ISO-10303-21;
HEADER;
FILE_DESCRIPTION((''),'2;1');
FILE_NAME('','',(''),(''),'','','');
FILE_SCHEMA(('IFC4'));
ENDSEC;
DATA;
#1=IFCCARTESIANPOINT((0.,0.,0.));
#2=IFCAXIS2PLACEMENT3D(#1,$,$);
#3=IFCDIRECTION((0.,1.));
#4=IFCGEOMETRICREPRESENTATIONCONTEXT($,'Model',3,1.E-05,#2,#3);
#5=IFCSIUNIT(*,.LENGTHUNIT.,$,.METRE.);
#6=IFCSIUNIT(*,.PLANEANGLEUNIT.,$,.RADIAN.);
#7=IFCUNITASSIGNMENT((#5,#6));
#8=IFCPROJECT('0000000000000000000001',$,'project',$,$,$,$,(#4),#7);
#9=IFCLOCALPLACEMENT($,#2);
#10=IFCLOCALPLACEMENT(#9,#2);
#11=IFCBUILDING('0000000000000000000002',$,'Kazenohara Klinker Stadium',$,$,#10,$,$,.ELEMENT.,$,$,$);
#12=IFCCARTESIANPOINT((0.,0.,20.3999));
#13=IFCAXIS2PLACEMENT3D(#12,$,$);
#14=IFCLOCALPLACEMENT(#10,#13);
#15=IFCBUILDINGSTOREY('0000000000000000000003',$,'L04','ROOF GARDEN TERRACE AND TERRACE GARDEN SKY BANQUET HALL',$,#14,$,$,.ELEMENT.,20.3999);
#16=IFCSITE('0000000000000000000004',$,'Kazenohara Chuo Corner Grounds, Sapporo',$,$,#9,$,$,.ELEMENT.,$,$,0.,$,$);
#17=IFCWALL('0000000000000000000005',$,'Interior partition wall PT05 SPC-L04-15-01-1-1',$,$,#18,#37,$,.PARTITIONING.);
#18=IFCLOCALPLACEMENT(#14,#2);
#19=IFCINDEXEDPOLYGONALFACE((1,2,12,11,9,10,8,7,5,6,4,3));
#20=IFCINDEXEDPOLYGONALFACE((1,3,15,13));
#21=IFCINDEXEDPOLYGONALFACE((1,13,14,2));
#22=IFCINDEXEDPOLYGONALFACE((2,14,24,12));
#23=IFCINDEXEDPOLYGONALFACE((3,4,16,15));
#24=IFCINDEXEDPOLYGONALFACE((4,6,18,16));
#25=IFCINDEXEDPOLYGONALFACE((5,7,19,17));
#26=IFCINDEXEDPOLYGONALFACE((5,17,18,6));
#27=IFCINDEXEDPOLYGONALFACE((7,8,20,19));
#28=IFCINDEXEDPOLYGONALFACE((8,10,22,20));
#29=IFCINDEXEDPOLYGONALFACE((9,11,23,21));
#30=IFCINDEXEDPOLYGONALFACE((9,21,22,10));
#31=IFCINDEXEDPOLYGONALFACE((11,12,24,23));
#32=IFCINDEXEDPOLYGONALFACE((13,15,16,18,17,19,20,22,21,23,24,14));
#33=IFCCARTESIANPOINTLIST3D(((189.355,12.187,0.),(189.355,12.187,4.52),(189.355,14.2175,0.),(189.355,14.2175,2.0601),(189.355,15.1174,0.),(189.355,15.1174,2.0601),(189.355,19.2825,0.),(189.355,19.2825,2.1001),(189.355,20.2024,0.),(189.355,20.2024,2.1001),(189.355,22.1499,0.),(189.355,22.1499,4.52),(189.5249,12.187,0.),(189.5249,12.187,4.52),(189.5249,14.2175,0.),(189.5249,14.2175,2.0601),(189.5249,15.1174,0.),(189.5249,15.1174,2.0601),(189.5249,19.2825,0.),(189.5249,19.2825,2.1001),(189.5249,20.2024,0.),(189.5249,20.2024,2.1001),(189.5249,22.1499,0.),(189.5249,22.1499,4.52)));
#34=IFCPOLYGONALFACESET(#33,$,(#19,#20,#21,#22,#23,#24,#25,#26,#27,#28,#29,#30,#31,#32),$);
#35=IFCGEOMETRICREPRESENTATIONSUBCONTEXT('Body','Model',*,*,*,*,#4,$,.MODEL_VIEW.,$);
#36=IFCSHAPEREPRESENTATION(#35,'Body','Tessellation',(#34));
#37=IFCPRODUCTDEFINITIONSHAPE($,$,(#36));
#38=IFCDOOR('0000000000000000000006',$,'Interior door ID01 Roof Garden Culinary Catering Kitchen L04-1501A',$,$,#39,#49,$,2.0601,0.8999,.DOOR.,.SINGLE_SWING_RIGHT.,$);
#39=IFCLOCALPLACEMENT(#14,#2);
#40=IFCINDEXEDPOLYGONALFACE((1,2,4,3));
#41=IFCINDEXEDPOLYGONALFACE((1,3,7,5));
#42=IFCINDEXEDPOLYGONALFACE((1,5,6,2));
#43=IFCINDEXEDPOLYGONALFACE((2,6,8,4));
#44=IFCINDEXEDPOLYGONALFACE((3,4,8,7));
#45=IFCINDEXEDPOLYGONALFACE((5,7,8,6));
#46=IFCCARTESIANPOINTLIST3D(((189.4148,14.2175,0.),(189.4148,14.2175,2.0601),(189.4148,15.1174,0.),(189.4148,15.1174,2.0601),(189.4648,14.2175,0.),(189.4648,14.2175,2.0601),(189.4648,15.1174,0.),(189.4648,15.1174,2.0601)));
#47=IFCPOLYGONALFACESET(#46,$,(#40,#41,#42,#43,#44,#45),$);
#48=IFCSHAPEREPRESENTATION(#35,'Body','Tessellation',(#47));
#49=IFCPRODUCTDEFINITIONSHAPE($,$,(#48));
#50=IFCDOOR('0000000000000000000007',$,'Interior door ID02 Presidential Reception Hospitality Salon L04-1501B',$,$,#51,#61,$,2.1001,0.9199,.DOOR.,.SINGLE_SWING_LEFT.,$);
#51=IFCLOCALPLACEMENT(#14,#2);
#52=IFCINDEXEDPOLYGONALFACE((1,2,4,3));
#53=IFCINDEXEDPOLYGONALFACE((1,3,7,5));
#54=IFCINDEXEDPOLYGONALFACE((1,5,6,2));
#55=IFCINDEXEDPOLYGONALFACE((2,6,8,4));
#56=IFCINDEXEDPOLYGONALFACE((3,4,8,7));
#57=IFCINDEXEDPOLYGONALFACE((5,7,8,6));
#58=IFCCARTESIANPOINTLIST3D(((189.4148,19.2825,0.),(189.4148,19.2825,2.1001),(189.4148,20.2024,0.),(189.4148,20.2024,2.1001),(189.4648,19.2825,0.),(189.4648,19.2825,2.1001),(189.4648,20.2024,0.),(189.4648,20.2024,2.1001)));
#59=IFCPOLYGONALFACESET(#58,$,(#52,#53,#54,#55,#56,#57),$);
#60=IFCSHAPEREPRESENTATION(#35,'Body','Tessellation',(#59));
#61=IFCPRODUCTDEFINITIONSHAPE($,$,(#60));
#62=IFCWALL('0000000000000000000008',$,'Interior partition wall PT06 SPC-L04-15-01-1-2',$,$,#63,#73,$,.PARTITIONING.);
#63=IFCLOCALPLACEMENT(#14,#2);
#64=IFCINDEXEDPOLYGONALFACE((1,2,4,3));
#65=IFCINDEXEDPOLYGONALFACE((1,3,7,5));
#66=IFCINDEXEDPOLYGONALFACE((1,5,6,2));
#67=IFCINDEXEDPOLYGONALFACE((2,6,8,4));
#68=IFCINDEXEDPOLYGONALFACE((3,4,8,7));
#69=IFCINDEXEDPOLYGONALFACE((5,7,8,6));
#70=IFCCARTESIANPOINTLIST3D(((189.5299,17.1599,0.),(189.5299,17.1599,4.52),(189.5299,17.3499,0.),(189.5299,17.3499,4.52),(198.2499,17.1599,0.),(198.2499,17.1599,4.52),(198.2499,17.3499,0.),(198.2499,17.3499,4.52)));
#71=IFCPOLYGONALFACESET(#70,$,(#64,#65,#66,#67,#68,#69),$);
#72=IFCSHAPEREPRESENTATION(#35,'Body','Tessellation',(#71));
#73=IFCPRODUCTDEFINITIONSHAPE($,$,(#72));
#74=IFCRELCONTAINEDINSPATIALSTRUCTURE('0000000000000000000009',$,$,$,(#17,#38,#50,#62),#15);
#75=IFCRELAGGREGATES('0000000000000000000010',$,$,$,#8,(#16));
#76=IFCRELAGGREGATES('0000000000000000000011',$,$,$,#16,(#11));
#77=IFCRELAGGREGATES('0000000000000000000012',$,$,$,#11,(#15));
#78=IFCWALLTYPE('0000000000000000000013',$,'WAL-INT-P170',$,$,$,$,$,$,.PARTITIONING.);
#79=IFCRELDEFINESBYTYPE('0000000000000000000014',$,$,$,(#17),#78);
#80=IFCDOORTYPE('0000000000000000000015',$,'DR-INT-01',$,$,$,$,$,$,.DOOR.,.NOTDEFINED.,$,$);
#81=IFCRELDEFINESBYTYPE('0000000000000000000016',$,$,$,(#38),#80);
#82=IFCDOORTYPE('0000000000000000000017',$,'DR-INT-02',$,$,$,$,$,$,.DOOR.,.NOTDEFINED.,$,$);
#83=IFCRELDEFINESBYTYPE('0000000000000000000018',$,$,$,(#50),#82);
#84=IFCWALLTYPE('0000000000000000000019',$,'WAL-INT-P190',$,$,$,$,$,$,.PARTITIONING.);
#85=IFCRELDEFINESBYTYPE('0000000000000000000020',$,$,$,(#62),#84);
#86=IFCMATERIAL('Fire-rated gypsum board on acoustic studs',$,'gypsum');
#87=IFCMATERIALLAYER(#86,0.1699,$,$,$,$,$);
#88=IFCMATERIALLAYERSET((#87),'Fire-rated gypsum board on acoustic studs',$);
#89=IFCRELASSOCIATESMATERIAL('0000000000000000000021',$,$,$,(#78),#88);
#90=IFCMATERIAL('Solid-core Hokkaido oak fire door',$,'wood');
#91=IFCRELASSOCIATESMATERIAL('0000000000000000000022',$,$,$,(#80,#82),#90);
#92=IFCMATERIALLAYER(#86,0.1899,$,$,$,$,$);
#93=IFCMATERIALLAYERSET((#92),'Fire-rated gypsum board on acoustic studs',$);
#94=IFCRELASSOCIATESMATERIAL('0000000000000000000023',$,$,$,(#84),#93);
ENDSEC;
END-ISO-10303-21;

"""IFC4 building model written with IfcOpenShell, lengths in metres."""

from ifc_helpers import new_model, si_unit, direction, frame, frame_2d, origin, place, context, subcontext, project, spatial, rectangle, extrude, material, layer, layer_set, type_object, element, fill, save


model = new_model("IFC4")

# Units and contexts
model_context = context("Model", 3, precision=1e-05, world=origin(), true_north=direction((0.0, 1.0)))
body_context = subcontext(model_context, "Body", "Model", "MODEL_VIEW")
ifc_project = project(units=[si_unit("LENGTHUNIT", "METRE"), si_unit("PLANEANGLEUNIT", "RADIAN")], contexts=[model_context])

# Site, building, storey
site_placement = place(None, origin())
site = spatial("IfcSite", under=ifc_project, at=site_placement, Name="Kazenohara Chuo Corner Grounds, Sapporo", CompositionType="ELEMENT", RefElevation=0.0)
building_placement = place(site_placement, origin())
building = spatial("IfcBuilding", under=site, at=building_placement, Name="Kazenohara Klinker Stadium", CompositionType="ELEMENT")
storey_placement = place(building_placement, frame((0.0, 0.0, 20.3999)))
storey = spatial("IfcBuildingStorey", under=building, at=storey_placement, Name="L04", Description="ROOF GARDEN TERRACE AND TERRACE GARDEN SKY BANQUET HALL", CompositionType="ELEMENT", Elevation=20.3999)

# Wall, openings, doors
ifc_material_1 = material(Name="Fire-rated gypsum board on acoustic studs", Category="gypsum")
ifc_layer_1 = layer(ifc_material_1, 0.1699)
ifc_layer_set_1 = layer_set([ifc_layer_1], Name="Fire-rated gypsum board on acoustic studs")
wall_type_1 = type_object("IfcWallType", Name="WAL-INT-P170", PredefinedType="PARTITIONING", material=ifc_layer_set_1)
wall_1_placement = place(storey_placement, frame((189.4399, 12.187, 0.0), z_axis=(0.0, 0.0, 1.0), x_axis=(0.0, 1.0, 0.0)))
wall_1 = element("IfcWall", 1, at=wall_1_placement, inside=storey, type_object=wall_type_1, Name="Interior partition wall PT05 SPC-L04-15-01-1-1", PredefinedType="PARTITIONING", context=body_context, shape_type="SweptSolid", body=[
    extrude(rectangle(XDim=9.9629, YDim=0.1699, at=frame_2d((4.9814, 0.0))), origin(), (0.0, 0.0, 1.0), 4.52),
])
opening_1_placement = place(wall_1_placement, frame((2.9304, 0.0, 0.0), z_axis=(0.0, 0.0, 1.0), x_axis=(-1.0, 0.0, 0.0)))
opening_1 = element("IfcOpeningElement", 2, at=opening_1_placement, cuts=wall_1, PredefinedType="OPENING", context=body_context, shape_type="SweptSolid", body=[
    extrude(rectangle(XDim=0.8999, YDim=2.0601, at=frame_2d((0.45, 1.03))), frame((0.0, 0.095, 0.0), z_axis=(0.0, -1.0, 0.0), x_axis=(1.0, 0.0, 0.0)), (0.0, 0.0, 1.0), 0.1899),
])
opening_2_placement = place(wall_1_placement, frame((8.0154, 0.0, 0.0), z_axis=(0.0, 0.0, 1.0), x_axis=(-1.0, 0.0, 0.0)))
opening_2 = element("IfcOpeningElement", 3, at=opening_2_placement, cuts=wall_1, PredefinedType="OPENING", context=body_context, shape_type="SweptSolid", body=[
    extrude(rectangle(XDim=0.9199, YDim=2.1001, at=frame_2d((0.46, 1.05))), frame((0.0, 0.095, 0.0), z_axis=(0.0, -1.0, 0.0), x_axis=(1.0, 0.0, 0.0)), (0.0, 0.0, 1.0), 0.1899),
])
ifc_material_2 = material(Name="Solid-core Hokkaido oak fire door", Category="wood")
door_type_1 = type_object("IfcDoorType", Name="DR-INT-01", OperationType="NOTDEFINED", PredefinedType="DOOR", material=ifc_material_2)
door_1_placement = place(opening_1_placement, origin())
door_1 = element("IfcDoor", 4, at=door_1_placement, inside=storey, type_object=door_type_1, Name="Interior door ID01 Roof Garden Culinary Catering Kitchen L04-1501A", OperationType="SINGLE_SWING_RIGHT", OverallHeight=2.0601, OverallWidth=0.8999, PredefinedType="DOOR", context=body_context, shape_type="SweptSolid", body=[
    extrude(rectangle(XDim=0.8999, YDim=2.0601, at=frame_2d((0.45, 1.03))), frame((0.0, 0.0249, 0.0), z_axis=(0.0, -1.0, 0.0), x_axis=(1.0, 0.0, 0.0)), (0.0, 0.0, 1.0), 0.05),
])
fill(opening_1, door_1)
door_type_2 = type_object("IfcDoorType", Name="DR-INT-02", OperationType="NOTDEFINED", PredefinedType="DOOR", material=ifc_material_2)
door_2_placement = place(opening_2_placement, origin())
door_2 = element("IfcDoor", 5, at=door_2_placement, inside=storey, type_object=door_type_2, Name="Interior door ID02 Presidential Reception Hospitality Salon L04-1501B", OperationType="SINGLE_SWING_LEFT", OverallHeight=2.1001, OverallWidth=0.9199, PredefinedType="DOOR", context=body_context, shape_type="SweptSolid", body=[
    extrude(rectangle(XDim=0.9199, YDim=2.1001, at=frame_2d((0.46, 1.05))), frame((0.0, 0.0249, 0.0), z_axis=(0.0, -1.0, 0.0), x_axis=(1.0, 0.0, 0.0)), (0.0, 0.0, 1.0), 0.05),
])
fill(opening_2, door_2)

# Wall
ifc_layer_2 = layer(ifc_material_1, 0.1899)
ifc_layer_set_2 = layer_set([ifc_layer_2], Name="Fire-rated gypsum board on acoustic studs")
wall_type_2 = type_object("IfcWallType", Name="WAL-INT-P190", PredefinedType="PARTITIONING", material=ifc_layer_set_2)
wall_2_placement = place(storey_placement, frame((189.53, 17.2549, 0.0), z_axis=(0.0, 0.0, 1.0), x_axis=(1.0, 0.0, 0.0)))
element("IfcWall", 6, at=wall_2_placement, inside=storey, type_object=wall_type_2, Name="Interior partition wall PT06 SPC-L04-15-01-1-2", PredefinedType="PARTITIONING", context=body_context, shape_type="SweptSolid", body=[
    extrude(rectangle(XDim=8.72, YDim=0.1899, at=frame_2d((4.3599, 0.0))), origin(), (0.0, 0.0, 1.0), 4.52),
])

save(model, "model.ifc")
